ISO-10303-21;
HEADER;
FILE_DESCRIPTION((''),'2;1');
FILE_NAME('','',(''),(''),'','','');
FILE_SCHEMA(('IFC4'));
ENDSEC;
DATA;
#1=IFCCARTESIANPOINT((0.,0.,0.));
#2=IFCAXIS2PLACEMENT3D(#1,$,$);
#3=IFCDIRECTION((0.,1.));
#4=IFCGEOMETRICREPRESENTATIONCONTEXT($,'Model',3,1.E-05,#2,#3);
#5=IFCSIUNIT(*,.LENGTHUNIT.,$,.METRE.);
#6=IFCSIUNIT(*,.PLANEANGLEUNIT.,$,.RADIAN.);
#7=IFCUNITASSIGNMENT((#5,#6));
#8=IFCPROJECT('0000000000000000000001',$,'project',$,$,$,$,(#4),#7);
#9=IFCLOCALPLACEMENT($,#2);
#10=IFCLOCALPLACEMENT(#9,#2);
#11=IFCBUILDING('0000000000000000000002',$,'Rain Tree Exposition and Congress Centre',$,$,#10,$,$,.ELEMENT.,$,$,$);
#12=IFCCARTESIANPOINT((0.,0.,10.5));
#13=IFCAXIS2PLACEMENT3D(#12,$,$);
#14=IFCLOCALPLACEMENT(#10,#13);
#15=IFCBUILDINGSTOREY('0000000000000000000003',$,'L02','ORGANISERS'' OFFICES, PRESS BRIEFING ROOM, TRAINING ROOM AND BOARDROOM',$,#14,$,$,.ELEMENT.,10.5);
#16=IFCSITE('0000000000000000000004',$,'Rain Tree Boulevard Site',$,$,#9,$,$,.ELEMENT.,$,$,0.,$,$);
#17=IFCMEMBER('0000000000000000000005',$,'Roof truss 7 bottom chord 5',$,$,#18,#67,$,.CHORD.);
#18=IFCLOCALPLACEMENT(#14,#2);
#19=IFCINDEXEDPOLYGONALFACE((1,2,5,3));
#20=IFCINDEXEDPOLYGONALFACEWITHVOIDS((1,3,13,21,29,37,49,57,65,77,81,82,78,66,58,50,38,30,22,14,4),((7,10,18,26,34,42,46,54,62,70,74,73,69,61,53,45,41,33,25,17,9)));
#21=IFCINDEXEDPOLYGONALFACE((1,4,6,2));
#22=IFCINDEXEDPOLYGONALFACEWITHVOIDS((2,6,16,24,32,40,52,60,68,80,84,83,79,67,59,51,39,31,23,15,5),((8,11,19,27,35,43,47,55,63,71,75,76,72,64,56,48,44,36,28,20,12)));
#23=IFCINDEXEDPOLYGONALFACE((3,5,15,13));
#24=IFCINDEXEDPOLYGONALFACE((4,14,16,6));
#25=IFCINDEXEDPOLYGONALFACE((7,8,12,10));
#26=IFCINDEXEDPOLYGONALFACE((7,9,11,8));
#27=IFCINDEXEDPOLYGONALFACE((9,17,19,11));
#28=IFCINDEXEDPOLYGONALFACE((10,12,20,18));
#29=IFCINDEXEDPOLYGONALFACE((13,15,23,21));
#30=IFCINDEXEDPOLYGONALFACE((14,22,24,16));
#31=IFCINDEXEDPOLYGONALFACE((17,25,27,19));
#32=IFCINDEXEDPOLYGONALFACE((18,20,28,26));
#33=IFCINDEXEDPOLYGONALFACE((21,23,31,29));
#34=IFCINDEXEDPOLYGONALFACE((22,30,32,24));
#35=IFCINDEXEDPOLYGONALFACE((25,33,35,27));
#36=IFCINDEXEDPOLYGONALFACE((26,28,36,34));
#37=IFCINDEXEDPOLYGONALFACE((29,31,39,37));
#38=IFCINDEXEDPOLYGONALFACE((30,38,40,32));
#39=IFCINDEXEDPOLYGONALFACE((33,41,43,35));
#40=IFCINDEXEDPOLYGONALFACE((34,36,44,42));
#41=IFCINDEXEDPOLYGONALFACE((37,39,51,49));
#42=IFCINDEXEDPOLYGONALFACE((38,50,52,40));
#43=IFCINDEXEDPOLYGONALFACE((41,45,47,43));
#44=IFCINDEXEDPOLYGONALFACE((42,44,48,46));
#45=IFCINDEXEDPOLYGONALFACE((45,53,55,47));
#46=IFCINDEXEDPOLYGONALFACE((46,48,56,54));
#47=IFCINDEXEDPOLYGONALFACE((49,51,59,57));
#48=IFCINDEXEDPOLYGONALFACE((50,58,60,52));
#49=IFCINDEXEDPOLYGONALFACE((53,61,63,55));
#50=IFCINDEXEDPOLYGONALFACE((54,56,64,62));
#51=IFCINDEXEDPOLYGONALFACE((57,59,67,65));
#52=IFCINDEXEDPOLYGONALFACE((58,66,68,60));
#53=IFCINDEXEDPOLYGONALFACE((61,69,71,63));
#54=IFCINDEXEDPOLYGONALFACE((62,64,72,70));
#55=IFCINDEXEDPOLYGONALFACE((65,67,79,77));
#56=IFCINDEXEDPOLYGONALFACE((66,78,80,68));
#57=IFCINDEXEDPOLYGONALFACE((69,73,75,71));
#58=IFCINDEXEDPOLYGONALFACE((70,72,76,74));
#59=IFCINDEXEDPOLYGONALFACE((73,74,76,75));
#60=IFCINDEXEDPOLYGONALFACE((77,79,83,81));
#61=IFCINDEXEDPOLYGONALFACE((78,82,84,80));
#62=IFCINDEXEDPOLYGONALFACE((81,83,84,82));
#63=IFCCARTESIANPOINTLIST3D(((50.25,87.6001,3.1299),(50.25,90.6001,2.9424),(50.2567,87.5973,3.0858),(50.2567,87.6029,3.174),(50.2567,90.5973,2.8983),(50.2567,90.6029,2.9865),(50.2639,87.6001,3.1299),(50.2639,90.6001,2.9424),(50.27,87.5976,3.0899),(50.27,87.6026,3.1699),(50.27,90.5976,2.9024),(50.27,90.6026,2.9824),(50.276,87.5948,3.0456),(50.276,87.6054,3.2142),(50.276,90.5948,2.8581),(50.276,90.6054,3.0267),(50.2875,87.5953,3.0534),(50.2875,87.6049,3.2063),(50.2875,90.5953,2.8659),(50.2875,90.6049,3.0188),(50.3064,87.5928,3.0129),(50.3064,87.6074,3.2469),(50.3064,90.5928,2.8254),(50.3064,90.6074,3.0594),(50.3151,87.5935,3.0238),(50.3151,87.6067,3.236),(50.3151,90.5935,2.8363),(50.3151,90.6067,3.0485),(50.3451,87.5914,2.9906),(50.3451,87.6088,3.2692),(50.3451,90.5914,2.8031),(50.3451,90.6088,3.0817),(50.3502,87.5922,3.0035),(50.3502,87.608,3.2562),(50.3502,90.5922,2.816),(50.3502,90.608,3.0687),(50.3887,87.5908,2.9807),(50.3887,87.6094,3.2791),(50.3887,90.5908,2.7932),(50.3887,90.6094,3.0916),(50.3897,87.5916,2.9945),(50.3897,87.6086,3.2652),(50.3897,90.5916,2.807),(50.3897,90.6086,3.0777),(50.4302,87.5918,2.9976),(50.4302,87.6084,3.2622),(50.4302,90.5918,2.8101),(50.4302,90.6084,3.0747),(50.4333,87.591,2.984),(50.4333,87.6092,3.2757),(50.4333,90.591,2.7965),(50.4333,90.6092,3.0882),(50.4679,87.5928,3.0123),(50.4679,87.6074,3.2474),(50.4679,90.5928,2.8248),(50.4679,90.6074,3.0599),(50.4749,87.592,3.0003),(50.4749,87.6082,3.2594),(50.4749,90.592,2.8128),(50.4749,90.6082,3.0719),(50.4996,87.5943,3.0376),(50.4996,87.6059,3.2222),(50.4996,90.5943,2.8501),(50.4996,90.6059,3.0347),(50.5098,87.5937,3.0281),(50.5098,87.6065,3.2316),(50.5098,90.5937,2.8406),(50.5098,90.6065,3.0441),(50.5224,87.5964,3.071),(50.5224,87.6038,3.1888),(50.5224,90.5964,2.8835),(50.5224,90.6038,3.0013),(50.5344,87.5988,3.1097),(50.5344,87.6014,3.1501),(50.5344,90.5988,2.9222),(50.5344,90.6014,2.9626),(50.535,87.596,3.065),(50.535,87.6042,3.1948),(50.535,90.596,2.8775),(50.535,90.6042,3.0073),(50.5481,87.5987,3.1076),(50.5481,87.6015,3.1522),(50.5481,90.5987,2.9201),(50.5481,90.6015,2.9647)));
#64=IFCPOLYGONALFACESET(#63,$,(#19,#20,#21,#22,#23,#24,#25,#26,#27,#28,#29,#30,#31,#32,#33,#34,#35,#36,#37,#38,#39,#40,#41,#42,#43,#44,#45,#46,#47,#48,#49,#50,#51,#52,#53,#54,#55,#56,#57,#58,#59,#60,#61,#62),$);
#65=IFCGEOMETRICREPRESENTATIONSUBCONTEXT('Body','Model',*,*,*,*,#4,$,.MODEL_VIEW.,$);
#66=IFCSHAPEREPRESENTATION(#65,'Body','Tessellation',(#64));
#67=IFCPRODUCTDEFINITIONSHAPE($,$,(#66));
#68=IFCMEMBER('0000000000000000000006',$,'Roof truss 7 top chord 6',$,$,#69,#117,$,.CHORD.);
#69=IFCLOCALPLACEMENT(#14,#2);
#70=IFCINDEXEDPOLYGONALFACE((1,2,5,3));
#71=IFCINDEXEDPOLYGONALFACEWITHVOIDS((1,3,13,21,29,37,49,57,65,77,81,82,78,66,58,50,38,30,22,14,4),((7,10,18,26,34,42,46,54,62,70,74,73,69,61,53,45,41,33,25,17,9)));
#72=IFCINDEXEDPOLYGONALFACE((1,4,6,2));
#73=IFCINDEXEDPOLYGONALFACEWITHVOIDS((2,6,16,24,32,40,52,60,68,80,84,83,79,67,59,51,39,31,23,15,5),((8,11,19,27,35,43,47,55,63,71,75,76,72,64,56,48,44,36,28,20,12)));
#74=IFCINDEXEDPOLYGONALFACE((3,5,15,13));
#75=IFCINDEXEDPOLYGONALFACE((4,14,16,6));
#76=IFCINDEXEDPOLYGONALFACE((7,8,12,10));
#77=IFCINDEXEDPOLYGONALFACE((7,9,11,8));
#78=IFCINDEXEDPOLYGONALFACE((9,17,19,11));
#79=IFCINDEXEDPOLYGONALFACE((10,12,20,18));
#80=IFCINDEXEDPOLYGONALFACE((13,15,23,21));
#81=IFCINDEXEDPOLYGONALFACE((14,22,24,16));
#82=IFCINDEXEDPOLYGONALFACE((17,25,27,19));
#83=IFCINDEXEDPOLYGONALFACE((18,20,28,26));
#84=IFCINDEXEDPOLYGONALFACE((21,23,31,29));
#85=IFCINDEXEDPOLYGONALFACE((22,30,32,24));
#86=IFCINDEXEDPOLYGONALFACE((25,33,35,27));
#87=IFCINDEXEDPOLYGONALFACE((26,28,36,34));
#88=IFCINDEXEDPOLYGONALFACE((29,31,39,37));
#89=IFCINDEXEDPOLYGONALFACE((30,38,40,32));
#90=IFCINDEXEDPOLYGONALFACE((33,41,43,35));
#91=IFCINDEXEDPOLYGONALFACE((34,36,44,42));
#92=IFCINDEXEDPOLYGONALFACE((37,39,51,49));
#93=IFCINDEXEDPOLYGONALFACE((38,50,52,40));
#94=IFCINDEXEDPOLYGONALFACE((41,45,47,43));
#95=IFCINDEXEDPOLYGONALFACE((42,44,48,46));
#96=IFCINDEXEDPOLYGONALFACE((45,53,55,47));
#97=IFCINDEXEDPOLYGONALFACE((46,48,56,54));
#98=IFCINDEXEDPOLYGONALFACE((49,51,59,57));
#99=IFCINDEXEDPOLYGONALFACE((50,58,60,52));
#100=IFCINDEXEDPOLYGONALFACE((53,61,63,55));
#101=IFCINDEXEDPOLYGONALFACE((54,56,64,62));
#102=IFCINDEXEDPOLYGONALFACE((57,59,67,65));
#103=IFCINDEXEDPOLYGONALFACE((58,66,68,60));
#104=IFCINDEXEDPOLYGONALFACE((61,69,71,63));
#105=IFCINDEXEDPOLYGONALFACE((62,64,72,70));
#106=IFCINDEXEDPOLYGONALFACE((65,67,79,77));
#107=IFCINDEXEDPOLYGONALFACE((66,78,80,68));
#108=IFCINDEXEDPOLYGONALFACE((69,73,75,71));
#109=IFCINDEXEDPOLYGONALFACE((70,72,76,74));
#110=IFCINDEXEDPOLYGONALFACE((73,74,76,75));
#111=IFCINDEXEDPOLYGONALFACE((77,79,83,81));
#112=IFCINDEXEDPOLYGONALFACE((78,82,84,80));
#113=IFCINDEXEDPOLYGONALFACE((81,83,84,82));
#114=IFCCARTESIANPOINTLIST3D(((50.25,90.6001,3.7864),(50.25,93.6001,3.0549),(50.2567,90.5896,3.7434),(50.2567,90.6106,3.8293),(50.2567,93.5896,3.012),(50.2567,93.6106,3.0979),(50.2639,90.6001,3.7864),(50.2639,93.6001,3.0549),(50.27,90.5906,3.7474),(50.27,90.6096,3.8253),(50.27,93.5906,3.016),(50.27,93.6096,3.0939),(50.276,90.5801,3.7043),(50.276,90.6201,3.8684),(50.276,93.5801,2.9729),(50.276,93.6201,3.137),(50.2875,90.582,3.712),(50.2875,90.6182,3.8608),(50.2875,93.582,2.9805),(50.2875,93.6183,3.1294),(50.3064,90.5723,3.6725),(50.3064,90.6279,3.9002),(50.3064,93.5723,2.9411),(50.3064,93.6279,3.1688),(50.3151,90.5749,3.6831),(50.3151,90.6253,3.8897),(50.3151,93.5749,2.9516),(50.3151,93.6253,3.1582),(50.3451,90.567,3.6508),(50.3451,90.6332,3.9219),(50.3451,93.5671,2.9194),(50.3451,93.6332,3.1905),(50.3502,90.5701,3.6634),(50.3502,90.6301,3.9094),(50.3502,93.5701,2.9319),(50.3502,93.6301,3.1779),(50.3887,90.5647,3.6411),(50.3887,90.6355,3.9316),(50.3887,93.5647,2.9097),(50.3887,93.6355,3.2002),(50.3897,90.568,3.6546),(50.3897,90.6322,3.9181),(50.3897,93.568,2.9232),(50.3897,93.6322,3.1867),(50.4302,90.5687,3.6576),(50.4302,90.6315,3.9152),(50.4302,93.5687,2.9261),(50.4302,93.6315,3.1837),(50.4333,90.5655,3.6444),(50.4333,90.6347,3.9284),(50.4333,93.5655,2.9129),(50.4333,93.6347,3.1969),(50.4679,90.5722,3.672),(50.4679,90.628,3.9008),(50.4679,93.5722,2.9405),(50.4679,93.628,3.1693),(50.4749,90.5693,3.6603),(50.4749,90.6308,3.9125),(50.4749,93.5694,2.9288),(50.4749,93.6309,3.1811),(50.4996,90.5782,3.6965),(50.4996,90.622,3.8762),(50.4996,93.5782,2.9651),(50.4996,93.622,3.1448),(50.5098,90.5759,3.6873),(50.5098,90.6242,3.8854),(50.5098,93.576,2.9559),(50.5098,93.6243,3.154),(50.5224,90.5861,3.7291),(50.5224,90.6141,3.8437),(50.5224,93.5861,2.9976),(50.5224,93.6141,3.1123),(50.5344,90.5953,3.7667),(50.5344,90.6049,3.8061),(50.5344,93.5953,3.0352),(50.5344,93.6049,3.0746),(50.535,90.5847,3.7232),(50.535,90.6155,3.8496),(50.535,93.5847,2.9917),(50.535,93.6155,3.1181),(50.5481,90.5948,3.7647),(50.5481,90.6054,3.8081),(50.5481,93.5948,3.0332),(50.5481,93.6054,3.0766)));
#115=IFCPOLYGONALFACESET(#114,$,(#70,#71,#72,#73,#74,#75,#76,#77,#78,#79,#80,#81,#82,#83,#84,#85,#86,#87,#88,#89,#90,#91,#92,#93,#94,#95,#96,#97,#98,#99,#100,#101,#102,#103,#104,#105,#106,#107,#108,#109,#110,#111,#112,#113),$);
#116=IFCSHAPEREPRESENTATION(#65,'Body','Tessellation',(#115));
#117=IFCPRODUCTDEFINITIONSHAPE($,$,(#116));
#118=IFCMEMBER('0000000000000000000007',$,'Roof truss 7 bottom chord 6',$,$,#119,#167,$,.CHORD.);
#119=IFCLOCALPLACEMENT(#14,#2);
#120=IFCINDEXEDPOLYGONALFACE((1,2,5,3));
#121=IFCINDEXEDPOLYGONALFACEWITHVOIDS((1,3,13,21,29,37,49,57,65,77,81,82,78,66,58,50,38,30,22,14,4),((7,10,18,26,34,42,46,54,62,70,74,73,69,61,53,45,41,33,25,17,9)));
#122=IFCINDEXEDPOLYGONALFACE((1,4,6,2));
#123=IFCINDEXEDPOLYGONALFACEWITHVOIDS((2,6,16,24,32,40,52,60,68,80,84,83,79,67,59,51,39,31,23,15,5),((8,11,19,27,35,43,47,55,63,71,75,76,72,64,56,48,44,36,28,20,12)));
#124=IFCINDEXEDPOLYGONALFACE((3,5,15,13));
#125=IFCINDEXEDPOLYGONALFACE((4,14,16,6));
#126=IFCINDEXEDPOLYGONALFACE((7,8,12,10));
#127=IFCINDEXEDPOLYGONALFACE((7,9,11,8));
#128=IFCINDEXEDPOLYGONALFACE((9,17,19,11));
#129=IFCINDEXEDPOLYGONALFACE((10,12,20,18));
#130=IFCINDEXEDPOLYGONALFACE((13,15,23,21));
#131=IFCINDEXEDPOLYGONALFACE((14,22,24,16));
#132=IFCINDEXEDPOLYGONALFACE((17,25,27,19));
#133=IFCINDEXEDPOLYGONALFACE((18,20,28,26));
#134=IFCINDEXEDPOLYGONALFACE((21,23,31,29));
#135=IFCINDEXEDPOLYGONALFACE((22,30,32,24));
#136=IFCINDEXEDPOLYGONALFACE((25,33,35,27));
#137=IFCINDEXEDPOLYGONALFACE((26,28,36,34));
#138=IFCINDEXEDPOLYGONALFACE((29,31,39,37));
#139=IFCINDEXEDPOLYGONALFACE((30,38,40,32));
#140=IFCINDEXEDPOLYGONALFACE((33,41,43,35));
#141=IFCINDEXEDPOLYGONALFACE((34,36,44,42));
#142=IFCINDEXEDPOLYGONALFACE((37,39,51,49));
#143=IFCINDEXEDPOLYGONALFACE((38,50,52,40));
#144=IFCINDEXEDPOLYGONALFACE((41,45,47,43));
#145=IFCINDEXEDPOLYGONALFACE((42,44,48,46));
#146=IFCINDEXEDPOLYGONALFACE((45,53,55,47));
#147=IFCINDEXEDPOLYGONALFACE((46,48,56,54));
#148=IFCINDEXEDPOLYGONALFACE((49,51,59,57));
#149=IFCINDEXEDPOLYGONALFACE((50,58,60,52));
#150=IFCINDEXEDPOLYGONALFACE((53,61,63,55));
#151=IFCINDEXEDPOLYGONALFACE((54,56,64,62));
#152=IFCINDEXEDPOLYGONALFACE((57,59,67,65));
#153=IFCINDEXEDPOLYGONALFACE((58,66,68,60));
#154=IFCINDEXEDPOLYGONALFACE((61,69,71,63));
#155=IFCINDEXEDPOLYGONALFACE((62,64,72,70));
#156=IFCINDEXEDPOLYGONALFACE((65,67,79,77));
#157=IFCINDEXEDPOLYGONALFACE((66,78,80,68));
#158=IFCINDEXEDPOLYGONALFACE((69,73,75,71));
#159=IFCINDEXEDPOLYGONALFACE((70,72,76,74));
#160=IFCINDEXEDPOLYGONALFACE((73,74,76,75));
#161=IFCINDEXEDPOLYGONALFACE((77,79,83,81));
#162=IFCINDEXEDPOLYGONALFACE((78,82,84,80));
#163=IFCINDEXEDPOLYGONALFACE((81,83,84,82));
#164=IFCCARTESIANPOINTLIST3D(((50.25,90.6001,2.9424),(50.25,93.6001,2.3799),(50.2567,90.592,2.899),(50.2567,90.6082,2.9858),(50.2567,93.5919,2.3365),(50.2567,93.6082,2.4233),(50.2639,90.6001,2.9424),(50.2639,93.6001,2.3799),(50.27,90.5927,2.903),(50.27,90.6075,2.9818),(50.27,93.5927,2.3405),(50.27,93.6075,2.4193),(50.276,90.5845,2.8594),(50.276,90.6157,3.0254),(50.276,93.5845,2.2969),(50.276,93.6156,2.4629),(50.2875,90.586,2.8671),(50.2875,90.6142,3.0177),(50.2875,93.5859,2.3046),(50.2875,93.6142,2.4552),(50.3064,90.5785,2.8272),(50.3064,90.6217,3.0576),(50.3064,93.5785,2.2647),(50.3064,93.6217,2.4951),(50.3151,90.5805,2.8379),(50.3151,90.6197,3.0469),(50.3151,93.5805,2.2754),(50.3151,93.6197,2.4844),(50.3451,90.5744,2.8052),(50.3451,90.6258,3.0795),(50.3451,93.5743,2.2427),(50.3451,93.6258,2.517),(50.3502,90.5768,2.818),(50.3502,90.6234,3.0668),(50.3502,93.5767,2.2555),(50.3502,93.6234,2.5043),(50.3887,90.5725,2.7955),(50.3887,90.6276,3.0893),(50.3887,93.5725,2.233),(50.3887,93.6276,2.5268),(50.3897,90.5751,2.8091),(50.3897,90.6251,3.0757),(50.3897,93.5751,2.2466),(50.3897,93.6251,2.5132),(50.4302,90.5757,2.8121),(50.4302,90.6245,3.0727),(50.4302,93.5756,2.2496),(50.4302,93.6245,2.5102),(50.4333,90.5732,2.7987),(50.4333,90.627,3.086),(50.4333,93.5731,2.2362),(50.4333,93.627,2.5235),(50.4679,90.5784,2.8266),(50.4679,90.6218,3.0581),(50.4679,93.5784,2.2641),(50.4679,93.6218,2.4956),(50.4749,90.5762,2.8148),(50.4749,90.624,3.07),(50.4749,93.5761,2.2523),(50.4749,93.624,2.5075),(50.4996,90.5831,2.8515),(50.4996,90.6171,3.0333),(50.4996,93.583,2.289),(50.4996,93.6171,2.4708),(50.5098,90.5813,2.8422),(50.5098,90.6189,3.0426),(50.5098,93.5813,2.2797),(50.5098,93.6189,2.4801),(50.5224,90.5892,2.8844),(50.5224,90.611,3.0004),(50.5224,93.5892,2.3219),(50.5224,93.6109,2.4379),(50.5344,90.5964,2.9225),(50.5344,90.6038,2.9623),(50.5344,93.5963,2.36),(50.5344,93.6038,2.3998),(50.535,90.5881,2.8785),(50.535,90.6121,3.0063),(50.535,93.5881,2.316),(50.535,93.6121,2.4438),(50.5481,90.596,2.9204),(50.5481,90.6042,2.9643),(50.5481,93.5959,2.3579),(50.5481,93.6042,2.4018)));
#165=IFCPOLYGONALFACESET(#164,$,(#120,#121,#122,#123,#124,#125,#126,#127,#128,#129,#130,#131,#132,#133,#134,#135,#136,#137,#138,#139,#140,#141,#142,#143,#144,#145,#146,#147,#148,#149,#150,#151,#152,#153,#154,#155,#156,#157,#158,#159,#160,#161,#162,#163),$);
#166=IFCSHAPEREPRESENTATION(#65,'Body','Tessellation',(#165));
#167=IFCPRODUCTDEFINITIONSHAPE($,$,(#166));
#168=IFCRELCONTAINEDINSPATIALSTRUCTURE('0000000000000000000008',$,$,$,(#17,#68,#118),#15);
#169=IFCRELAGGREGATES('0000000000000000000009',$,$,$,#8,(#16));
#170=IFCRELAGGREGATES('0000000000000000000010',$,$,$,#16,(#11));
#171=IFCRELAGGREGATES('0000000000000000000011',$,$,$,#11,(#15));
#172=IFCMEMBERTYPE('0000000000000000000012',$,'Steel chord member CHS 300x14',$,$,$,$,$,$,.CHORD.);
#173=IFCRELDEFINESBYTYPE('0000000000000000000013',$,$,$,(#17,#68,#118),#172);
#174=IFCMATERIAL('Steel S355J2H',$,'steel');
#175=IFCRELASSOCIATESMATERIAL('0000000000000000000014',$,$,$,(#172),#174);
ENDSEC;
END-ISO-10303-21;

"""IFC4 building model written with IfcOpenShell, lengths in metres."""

from ifc_helpers import new_model, si_unit, direction, frame, origin, origin_2d, place, context, subcontext, project, spatial, hollow_circle, extrude, material, material_profile, profile_set, type_object, element, save


model = new_model("IFC4")

# Units and contexts
model_context = context("Model", 3, precision=1e-05, world=origin(), true_north=direction((0.0, 1.0)))
body_context = subcontext(model_context, "Body", "Model", "MODEL_VIEW")
ifc_project = project(units=[si_unit("LENGTHUNIT", "METRE"), si_unit("PLANEANGLEUNIT", "RADIAN")], contexts=[model_context])

# Site, building, storey
site_placement = place(None, origin())
site = spatial("IfcSite", under=ifc_project, at=site_placement, Name="Rain Tree Boulevard Site", CompositionType="ELEMENT", RefElevation=0.0)
building_placement = place(site_placement, origin())
building = spatial("IfcBuilding", under=site, at=building_placement, Name="Rain Tree Exposition and Congress Centre", CompositionType="ELEMENT")
storey_placement = place(building_placement, frame((0.0, 0.0, 10.5)))
storey = spatial("IfcBuildingStorey", under=building, at=storey_placement, Name="L02", Description="ORGANISERS' OFFICES, PRESS BRIEFING ROOM, TRAINING ROOM AND BOARDROOM", CompositionType="ELEMENT", Elevation=10.5)

# Members
ifc_material_1 = material(Name="Steel S355J2H", Category="steel")
ifc_material_profile_1 = material_profile(ifc_material_1, hollow_circle(Radius=0.1499, WallThickness=0.0139, at=origin_2d()), Name="CHS 300x14")
ifc_profile_set_1 = profile_set([ifc_material_profile_1], Name="Steel S355J2H")
member_type_1 = type_object("IfcMemberType", Name="Steel chord member CHS 300x14", PredefinedType="CHORD", material=ifc_profile_set_1)
member_1_placement = place(storey_placement, frame((50.3999, 87.6001, 3.1299), z_axis=(0.0, 0.998053, -0.062378), x_axis=(-1.0, 0.0, 0.0)))
element("IfcMember", 1, at=member_1_placement, inside=storey, type_object=member_type_1, Name="Roof truss 7 bottom chord 5", PredefinedType="CHORD", context=body_context, shape_type="SweptSolid", body=[
    extrude(hollow_circle(Radius=0.1499, WallThickness=0.0139, at=origin_2d()), origin(), (0.0, 0.0, 1.0), 3.0059),
])
member_2_placement = place(storey_placement, frame((50.3999, 90.6001, 3.7864), z_axis=(0.0, 0.97154, -0.236876), x_axis=(-1.0, 0.0, 0.0)))
element("IfcMember", 2, at=member_2_placement, inside=storey, type_object=member_type_1, Name="Roof truss 7 top chord 6", PredefinedType="CHORD", context=body_context, shape_type="SweptSolid", body=[
    extrude(hollow_circle(Radius=0.1499, WallThickness=0.0139, at=origin_2d()), origin(), (0.0, 0.0, 1.0), 3.0879),
])
member_3_placement = place(storey_placement, frame((50.3999, 90.6001, 2.9424), z_axis=(0.0, 0.982872, -0.184289), x_axis=(-1.0, 0.0, 0.0)))
element("IfcMember", 3, at=member_3_placement, inside=storey, type_object=member_type_1, Name="Roof truss 7 bottom chord 6", PredefinedType="CHORD", context=body_context, shape_type="SweptSolid", body=[
    extrude(hollow_circle(Radius=0.1499, WallThickness=0.0139, at=origin_2d()), origin(), (0.0, 0.0, 1.0), 3.0522),
])

save(model, "model.ifc")
